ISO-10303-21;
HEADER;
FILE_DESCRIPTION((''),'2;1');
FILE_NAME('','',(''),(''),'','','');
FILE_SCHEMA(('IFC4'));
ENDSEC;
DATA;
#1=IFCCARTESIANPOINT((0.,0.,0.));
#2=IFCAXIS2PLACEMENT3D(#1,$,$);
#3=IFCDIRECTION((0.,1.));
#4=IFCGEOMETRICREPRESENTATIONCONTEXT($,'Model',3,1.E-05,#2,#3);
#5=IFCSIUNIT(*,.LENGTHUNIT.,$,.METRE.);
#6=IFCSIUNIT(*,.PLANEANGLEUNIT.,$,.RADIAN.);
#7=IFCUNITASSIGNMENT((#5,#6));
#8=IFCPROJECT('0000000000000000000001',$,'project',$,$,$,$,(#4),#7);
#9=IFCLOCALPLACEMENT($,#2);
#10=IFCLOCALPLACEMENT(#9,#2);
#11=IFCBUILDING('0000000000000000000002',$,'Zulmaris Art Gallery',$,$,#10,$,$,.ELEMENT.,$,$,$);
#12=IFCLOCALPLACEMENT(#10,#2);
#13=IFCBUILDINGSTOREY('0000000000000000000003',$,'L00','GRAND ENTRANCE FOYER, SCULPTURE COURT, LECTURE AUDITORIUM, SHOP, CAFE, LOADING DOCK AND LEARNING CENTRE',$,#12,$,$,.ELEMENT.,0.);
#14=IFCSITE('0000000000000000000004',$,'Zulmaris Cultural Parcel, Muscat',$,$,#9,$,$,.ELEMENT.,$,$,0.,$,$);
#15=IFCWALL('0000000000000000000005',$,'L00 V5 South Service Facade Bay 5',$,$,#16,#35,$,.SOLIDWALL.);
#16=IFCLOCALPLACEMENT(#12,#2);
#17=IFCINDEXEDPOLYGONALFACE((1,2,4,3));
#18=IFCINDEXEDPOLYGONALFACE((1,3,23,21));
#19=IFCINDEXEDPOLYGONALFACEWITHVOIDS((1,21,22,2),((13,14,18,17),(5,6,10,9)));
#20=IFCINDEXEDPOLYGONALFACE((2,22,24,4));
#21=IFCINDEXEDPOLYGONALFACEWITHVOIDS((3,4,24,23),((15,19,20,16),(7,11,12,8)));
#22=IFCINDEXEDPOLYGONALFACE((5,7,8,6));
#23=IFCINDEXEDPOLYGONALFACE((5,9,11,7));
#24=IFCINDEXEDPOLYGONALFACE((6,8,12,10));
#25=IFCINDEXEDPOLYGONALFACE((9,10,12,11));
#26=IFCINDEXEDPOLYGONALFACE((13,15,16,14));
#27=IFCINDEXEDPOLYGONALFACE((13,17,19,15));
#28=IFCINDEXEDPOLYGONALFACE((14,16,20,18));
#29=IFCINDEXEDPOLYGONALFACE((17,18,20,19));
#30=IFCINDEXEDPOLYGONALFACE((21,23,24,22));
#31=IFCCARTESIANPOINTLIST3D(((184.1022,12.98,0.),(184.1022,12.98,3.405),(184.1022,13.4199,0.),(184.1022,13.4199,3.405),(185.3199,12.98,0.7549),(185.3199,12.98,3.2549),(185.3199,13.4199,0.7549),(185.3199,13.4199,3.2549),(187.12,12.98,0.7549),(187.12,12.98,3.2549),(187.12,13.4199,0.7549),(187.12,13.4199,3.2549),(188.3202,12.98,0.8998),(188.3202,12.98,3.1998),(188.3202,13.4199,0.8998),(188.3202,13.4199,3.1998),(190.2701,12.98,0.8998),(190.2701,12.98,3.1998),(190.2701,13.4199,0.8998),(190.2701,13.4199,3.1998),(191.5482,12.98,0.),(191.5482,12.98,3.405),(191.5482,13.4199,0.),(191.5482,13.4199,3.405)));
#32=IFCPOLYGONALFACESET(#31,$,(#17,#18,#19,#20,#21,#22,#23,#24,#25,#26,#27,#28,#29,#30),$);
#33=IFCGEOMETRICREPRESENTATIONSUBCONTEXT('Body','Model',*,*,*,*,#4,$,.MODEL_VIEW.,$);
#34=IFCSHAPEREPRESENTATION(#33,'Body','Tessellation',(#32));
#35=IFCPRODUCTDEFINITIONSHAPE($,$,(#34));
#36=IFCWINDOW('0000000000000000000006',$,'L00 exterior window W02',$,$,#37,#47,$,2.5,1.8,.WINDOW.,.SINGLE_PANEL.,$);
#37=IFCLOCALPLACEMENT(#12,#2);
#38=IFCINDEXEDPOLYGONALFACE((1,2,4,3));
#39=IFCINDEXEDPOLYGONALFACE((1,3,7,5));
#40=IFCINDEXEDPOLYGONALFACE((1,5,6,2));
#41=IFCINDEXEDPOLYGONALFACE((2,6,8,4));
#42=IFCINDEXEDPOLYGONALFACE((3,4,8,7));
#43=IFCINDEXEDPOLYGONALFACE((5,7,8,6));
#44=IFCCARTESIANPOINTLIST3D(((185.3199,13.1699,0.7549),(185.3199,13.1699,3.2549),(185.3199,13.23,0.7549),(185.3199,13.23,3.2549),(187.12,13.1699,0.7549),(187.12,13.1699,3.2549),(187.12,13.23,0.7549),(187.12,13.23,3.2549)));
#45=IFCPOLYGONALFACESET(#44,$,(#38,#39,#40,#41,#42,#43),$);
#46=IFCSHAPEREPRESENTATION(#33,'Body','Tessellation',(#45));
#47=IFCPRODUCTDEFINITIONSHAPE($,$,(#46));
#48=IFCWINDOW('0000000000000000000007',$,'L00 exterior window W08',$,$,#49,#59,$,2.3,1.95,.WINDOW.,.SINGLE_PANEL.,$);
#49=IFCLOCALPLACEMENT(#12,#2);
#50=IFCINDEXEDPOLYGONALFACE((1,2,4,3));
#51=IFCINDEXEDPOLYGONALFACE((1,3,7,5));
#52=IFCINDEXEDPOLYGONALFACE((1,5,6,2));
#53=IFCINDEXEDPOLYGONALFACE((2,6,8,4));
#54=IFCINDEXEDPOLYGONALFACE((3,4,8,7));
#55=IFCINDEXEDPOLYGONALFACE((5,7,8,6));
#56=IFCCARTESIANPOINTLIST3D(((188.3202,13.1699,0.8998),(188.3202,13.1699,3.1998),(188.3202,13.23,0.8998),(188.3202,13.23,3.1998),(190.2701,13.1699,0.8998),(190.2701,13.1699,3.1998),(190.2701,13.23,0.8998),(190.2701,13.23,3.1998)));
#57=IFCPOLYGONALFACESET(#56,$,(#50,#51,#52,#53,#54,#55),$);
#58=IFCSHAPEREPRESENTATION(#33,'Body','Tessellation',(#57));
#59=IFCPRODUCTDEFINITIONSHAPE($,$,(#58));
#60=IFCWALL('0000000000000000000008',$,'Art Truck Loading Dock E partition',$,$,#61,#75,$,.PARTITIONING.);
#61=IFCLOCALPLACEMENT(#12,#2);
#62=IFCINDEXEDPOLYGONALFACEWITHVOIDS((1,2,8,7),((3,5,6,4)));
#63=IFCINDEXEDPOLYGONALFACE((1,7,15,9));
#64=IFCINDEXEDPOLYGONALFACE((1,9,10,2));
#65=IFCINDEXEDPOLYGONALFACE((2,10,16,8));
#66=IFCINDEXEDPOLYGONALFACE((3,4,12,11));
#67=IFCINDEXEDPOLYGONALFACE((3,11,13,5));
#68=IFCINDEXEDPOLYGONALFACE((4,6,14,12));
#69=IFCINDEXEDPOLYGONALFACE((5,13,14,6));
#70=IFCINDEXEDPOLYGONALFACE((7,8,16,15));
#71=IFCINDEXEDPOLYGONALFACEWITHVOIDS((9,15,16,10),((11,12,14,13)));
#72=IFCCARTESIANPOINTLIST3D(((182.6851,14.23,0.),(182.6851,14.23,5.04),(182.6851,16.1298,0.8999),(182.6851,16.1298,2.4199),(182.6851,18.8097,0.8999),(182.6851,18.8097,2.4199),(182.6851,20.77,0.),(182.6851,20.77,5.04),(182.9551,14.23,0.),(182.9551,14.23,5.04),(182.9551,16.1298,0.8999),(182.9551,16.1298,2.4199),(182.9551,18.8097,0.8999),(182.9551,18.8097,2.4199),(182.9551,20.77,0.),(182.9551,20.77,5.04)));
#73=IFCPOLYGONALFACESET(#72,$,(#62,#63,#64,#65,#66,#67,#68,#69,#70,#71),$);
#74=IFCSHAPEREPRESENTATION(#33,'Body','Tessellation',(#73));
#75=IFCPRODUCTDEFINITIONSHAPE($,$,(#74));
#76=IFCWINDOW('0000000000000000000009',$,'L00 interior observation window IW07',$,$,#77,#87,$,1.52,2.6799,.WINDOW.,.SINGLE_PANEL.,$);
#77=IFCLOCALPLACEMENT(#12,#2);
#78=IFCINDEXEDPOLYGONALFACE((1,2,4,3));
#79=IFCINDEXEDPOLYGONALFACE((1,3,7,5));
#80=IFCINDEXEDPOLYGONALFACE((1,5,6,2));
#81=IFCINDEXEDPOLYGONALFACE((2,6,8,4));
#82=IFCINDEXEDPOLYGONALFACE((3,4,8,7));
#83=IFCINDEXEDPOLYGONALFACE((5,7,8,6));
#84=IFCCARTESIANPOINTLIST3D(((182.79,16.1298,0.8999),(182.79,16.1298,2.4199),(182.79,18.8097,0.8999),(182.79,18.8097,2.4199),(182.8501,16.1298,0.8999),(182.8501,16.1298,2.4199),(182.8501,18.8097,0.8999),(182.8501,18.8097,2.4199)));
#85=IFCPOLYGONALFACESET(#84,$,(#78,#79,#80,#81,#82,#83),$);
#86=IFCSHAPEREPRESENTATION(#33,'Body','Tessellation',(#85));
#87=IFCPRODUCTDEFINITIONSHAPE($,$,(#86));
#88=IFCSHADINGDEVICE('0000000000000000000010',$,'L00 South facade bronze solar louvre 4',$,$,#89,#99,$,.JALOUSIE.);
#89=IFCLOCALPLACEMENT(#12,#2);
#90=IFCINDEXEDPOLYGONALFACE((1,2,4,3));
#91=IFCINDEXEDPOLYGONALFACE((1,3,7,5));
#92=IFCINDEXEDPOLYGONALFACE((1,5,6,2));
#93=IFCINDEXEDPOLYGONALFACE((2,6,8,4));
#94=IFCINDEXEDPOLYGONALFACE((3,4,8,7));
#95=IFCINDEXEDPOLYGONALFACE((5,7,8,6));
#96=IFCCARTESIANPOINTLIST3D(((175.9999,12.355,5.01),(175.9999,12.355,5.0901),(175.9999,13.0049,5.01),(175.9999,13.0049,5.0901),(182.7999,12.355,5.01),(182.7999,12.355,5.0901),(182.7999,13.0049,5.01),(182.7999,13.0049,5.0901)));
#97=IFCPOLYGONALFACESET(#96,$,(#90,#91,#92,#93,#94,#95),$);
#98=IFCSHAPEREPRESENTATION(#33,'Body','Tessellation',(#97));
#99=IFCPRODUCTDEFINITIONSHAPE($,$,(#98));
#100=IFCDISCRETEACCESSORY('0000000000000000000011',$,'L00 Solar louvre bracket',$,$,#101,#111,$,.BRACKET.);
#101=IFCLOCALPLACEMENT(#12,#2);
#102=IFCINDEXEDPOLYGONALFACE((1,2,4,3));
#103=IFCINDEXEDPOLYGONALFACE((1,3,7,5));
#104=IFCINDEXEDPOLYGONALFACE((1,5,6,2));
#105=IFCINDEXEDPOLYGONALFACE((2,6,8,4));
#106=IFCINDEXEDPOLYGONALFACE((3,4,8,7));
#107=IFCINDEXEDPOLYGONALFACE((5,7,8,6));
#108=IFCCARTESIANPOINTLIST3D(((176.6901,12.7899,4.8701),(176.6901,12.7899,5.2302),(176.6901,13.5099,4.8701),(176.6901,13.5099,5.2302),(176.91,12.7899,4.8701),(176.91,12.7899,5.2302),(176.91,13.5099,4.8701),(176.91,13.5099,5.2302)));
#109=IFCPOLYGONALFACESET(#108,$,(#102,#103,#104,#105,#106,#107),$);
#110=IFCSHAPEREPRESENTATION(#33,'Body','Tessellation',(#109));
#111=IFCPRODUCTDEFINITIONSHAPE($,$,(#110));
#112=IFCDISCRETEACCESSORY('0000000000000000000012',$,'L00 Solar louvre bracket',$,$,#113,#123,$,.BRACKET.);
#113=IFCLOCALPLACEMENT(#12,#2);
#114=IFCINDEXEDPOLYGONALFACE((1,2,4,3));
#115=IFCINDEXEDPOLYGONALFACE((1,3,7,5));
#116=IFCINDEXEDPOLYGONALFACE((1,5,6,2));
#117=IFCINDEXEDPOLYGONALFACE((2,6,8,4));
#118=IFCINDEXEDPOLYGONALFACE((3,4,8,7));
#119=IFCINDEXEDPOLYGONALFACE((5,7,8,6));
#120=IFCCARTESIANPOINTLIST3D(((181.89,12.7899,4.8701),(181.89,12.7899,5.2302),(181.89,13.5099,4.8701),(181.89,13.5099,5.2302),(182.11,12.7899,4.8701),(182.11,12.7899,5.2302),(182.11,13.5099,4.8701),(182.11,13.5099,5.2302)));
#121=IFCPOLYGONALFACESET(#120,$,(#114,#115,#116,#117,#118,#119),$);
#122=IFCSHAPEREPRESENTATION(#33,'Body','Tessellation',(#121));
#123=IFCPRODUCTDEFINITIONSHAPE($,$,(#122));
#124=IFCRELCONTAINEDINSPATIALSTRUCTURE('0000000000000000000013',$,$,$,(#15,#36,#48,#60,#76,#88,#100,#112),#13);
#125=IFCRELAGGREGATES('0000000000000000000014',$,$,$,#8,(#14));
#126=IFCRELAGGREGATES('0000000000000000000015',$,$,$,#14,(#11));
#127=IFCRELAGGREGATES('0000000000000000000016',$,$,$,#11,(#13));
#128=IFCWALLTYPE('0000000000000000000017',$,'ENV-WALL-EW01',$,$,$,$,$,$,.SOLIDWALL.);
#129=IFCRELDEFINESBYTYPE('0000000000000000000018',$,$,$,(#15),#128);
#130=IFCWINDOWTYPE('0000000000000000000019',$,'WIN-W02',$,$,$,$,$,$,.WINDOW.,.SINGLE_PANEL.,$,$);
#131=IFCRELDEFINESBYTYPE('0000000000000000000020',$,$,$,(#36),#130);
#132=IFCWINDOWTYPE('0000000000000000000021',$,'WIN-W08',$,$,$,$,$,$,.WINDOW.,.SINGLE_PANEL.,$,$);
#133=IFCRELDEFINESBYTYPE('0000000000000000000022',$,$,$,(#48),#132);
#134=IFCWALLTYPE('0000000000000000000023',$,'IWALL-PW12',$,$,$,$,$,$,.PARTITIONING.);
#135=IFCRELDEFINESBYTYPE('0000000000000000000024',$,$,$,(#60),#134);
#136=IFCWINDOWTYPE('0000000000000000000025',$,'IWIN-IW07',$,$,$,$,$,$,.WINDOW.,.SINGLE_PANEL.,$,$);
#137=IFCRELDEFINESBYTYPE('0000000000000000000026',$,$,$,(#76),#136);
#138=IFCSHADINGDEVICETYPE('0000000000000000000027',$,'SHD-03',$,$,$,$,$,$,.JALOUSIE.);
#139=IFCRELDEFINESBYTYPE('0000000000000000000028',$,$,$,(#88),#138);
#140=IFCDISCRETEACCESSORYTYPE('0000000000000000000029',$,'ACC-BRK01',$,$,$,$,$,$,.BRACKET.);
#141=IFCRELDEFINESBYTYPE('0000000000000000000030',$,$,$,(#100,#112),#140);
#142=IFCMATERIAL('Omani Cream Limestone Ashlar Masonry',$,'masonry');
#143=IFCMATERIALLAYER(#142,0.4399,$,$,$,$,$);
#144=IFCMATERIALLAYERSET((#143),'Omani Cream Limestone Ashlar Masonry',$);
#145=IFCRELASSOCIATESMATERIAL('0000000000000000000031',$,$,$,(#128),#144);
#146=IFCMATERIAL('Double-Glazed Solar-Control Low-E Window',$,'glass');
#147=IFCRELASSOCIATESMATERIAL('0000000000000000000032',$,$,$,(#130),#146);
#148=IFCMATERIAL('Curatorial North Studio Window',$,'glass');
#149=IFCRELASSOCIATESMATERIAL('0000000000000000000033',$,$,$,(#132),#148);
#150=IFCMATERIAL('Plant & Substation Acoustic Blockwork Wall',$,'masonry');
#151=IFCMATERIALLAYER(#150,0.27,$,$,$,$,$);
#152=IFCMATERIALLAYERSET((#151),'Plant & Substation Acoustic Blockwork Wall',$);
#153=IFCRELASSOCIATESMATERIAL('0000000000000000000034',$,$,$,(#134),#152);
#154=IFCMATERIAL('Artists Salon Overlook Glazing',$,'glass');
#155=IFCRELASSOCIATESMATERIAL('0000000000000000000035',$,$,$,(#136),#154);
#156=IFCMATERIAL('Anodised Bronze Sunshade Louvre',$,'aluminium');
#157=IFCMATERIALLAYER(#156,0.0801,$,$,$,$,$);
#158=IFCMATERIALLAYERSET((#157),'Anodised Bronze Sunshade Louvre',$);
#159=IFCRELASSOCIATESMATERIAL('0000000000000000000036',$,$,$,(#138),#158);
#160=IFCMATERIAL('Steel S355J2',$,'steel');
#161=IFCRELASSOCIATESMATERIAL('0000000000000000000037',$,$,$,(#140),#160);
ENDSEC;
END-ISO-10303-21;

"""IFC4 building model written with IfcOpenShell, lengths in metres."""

from ifc_helpers import new_model, si_unit, direction, frame, frame_2d, origin, origin_2d, place, context, subcontext, project, spatial, rectangle, extrude, material, layer, layer_set, type_object, element, fill, save


model = new_model("IFC4")

# Units and contexts
model_context = context("Model", 3, precision=1e-05, world=origin(), true_north=direction((0.0, 1.0)))
body_context = subcontext(model_context, "Body", "Model", "MODEL_VIEW")
ifc_project = project(units=[si_unit("LENGTHUNIT", "METRE"), si_unit("PLANEANGLEUNIT", "RADIAN")], contexts=[model_context])

# Site, building, storey
site_placement = place(None, origin())
site = spatial("IfcSite", under=ifc_project, at=site_placement, Name="Zulmaris Cultural Parcel, Muscat", CompositionType="ELEMENT", RefElevation=0.0)
building_placement = place(site_placement, origin())
building = spatial("IfcBuilding", under=site, at=building_placement, Name="Zulmaris Art Gallery", CompositionType="ELEMENT")
storey_placement = place(building_placement, origin())
storey = spatial("IfcBuildingStorey", under=building, at=storey_placement, Name="L00", Description="GRAND ENTRANCE FOYER, SCULPTURE COURT, LECTURE AUDITORIUM, SHOP, CAFE, LOADING DOCK AND LEARNING CENTRE", CompositionType="ELEMENT", Elevation=0.0)

# Shared definitions
ifc_material_1 = material(Name="Steel S355J2", Category="steel")

# Wall, openings, windows
ifc_material_2 = material(Name="Omani Cream Limestone Ashlar Masonry", Category="masonry")
ifc_layer_1 = layer(ifc_material_2, 0.4399)
ifc_layer_set_1 = layer_set([ifc_layer_1], Name="Omani Cream Limestone Ashlar Masonry")
wall_type_1 = type_object("IfcWallType", Name="ENV-WALL-EW01", PredefinedType="SOLIDWALL", material=ifc_layer_set_1)
wall_1_placement = place(storey_placement, frame((184.1021, 13.2, 0.0), z_axis=(0.0, 0.0, 1.0), x_axis=(1.0, 0.0, 0.0)))
wall_1 = element("IfcWall", 1, at=wall_1_placement, inside=storey, type_object=wall_type_1, Name="L00 V5 South Service Facade Bay 5", PredefinedType="SOLIDWALL", context=body_context, shape_type="SweptSolid", body=[
    extrude(rectangle(XDim=7.446, YDim=0.4399, at=frame_2d((3.7231, 0.0))), origin(), (0.0, 0.0, 1.0), 3.405),
])
opening_1_placement = place(wall_1_placement, frame((1.218, 0.0, 0.7549)))
opening_1 = element("IfcOpeningElement", 2, at=opening_1_placement, cuts=wall_1, PredefinedType="OPENING", context=body_context, shape_type="SweptSolid", body=[
    extrude(rectangle(XDim=1.8, YDim=2.5, at=frame_2d((0.8999, 1.25))), frame((0.0, 0.23, 0.0), z_axis=(0.0, -1.0, 0.0), x_axis=(1.0, 0.0, 0.0)), (0.0, 0.0, 1.0), 0.46),
])
opening_2_placement = place(wall_1_placement, frame((4.218, 0.0, 0.8999)))
opening_2 = element("IfcOpeningElement", 3, at=opening_2_placement, cuts=wall_1, PredefinedType="OPENING", context=body_context, shape_type="SweptSolid", body=[
    extrude(rectangle(XDim=1.95, YDim=2.3, at=frame_2d((0.9751, 1.1499))), frame((0.0, 0.23, 0.0), z_axis=(0.0, -1.0, 0.0), x_axis=(1.0, 0.0, 0.0)), (0.0, 0.0, 1.0), 0.46),
])
ifc_material_3 = material(Name="Double-Glazed Solar-Control Low-E Window", Category="glass")
window_type_1 = type_object("IfcWindowType", Name="WIN-W02", PartitioningType="SINGLE_PANEL", PredefinedType="WINDOW", material=ifc_material_3)
window_1_placement = place(opening_1_placement, origin())
window_1 = element("IfcWindow", 4, at=window_1_placement, inside=storey, type_object=window_type_1, Name="L00 exterior window W02", OverallHeight=2.5, OverallWidth=1.8, PartitioningType="SINGLE_PANEL", PredefinedType="WINDOW", context=body_context, shape_type="SweptSolid", body=[
    extrude(rectangle(XDim=1.8, YDim=2.5, at=frame_2d((0.8999, 1.25))), frame((0.0, 0.03, 0.0), z_axis=(0.0, -1.0, 0.0), x_axis=(1.0, 0.0, 0.0)), (0.0, 0.0, 1.0), 0.0601),
])
fill(opening_1, window_1)
ifc_material_4 = material(Name="Curatorial North Studio Window", Category="glass")
window_type_2 = type_object("IfcWindowType", Name="WIN-W08", PartitioningType="SINGLE_PANEL", PredefinedType="WINDOW", material=ifc_material_4)
window_2_placement = place(opening_2_placement, origin())
window_2 = element("IfcWindow", 5, at=window_2_placement, inside=storey, type_object=window_type_2, Name="L00 exterior window W08", OverallHeight=2.3, OverallWidth=1.95, PartitioningType="SINGLE_PANEL", PredefinedType="WINDOW", context=body_context, shape_type="SweptSolid", body=[
    extrude(rectangle(XDim=1.95, YDim=2.3, at=frame_2d((0.9751, 1.1499))), frame((0.0, 0.03, 0.0), z_axis=(0.0, -1.0, 0.0), x_axis=(1.0, 0.0, 0.0)), (0.0, 0.0, 1.0), 0.0601),
])
fill(opening_2, window_2)

# Wall, opening, window
ifc_material_5 = material(Name="Plant & Substation Acoustic Blockwork Wall", Category="masonry")
ifc_layer_2 = layer(ifc_material_5, 0.27)
ifc_layer_set_2 = layer_set([ifc_layer_2], Name="Plant & Substation Acoustic Blockwork Wall")
wall_type_2 = type_object("IfcWallType", Name="IWALL-PW12", PredefinedType="PARTITIONING", material=ifc_layer_set_2)
wall_2_placement = place(storey_placement, frame((182.8201, 14.23, 0.0), z_axis=(0.0, 0.0, 1.0), x_axis=(0.0, 1.0, 0.0)))
wall_2 = element("IfcWall", 6, at=wall_2_placement, inside=storey, type_object=wall_type_2, Name="Art Truck Loading Dock E partition", PredefinedType="PARTITIONING", context=body_context, shape_type="SweptSolid", body=[
    extrude(rectangle(XDim=6.54, YDim=0.27, at=frame_2d((3.27, 0.0))), origin(), (0.0, 0.0, 1.0), 5.04),
])
opening_3_placement = place(wall_2_placement, frame((1.8999, 0.0, 0.8999)))
opening_3 = element("IfcOpeningElement", 7, at=opening_3_placement, cuts=wall_2, PredefinedType="OPENING", context=body_context, shape_type="SweptSolid", body=[
    extrude(rectangle(XDim=2.6799, YDim=1.52, at=frame_2d((1.3398, 0.76))), frame((0.0, 0.145, 0.0), z_axis=(0.0, -1.0, 0.0), x_axis=(1.0, 0.0, 0.0)), (0.0, 0.0, 1.0), 0.29),
])
ifc_material_6 = material(Name="Artists Salon Overlook Glazing", Category="glass")
window_type_3 = type_object("IfcWindowType", Name="IWIN-IW07", PartitioningType="SINGLE_PANEL", PredefinedType="WINDOW", material=ifc_material_6)
window_3_placement = place(opening_3_placement, origin())
window_3 = element("IfcWindow", 8, at=window_3_placement, inside=storey, type_object=window_type_3, Name="L00 interior observation window IW07", OverallHeight=1.52, OverallWidth=2.6799, PartitioningType="SINGLE_PANEL", PredefinedType="WINDOW", context=body_context, shape_type="SweptSolid", body=[
    extrude(rectangle(XDim=2.6799, YDim=1.52, at=frame_2d((1.3398, 0.76))), frame((0.0, 0.03, 0.0), z_axis=(0.0, -1.0, 0.0), x_axis=(1.0, 0.0, 0.0)), (0.0, 0.0, 1.0), 0.0601),
])
fill(opening_3, window_3)

# Shading device
ifc_material_7 = material(Name="Anodised Bronze Sunshade Louvre", Category="aluminium")
ifc_layer_3 = layer(ifc_material_7, 0.0801)
ifc_layer_set_3 = layer_set([ifc_layer_3], Name="Anodised Bronze Sunshade Louvre")
shading_device_type = type_object("IfcShadingDeviceType", Name="SHD-03", PredefinedType="JALOUSIE", material=ifc_layer_set_3)
shading_device_placement = place(storey_placement, frame((179.3999, 12.6799, 5.01), z_axis=(0.0, 0.0, 1.0), x_axis=(1.0, 0.0, 0.0)))
element("IfcShadingDevice", 9, at=shading_device_placement, inside=storey, type_object=shading_device_type, Name="L00 South facade bronze solar louvre 4", PredefinedType="JALOUSIE", context=body_context, shape_type="SweptSolid", body=[
    extrude(rectangle(XDim=6.8, YDim=0.6499, at=origin_2d()), origin(), (0.0, 0.0, 1.0), 0.0801),
])

# Discrete accessories
discrete_accessory_type = type_object("IfcDiscreteAccessoryType", Name="ACC-BRK01", PredefinedType="BRACKET", material=ifc_material_1)
for number, where, z_axis, x_axis, name in (
    (10, (176.8, 13.1499, 4.8701), (0.0, 0.0, 1.0), (1.0, 0.0, 0.0), "L00 Solar louvre bracket"),
    (11, (182.0, 13.1499, 4.8701), (0.0, 0.0, 1.0), (1.0, 0.0, 0.0), "L00 Solar louvre bracket"),
):
    element("IfcDiscreteAccessory", number, at=place(storey_placement, frame(where, z_axis=z_axis, x_axis=x_axis)), inside=storey, type_object=discrete_accessory_type, Name=name, PredefinedType="BRACKET", context=body_context, shape_type="SweptSolid", body=[
        extrude(rectangle(XDim=0.22, YDim=0.72, at=origin_2d()), origin(), (0.0, 0.0, 1.0), 0.3601),
    ])

save(model, "model.ifc")
